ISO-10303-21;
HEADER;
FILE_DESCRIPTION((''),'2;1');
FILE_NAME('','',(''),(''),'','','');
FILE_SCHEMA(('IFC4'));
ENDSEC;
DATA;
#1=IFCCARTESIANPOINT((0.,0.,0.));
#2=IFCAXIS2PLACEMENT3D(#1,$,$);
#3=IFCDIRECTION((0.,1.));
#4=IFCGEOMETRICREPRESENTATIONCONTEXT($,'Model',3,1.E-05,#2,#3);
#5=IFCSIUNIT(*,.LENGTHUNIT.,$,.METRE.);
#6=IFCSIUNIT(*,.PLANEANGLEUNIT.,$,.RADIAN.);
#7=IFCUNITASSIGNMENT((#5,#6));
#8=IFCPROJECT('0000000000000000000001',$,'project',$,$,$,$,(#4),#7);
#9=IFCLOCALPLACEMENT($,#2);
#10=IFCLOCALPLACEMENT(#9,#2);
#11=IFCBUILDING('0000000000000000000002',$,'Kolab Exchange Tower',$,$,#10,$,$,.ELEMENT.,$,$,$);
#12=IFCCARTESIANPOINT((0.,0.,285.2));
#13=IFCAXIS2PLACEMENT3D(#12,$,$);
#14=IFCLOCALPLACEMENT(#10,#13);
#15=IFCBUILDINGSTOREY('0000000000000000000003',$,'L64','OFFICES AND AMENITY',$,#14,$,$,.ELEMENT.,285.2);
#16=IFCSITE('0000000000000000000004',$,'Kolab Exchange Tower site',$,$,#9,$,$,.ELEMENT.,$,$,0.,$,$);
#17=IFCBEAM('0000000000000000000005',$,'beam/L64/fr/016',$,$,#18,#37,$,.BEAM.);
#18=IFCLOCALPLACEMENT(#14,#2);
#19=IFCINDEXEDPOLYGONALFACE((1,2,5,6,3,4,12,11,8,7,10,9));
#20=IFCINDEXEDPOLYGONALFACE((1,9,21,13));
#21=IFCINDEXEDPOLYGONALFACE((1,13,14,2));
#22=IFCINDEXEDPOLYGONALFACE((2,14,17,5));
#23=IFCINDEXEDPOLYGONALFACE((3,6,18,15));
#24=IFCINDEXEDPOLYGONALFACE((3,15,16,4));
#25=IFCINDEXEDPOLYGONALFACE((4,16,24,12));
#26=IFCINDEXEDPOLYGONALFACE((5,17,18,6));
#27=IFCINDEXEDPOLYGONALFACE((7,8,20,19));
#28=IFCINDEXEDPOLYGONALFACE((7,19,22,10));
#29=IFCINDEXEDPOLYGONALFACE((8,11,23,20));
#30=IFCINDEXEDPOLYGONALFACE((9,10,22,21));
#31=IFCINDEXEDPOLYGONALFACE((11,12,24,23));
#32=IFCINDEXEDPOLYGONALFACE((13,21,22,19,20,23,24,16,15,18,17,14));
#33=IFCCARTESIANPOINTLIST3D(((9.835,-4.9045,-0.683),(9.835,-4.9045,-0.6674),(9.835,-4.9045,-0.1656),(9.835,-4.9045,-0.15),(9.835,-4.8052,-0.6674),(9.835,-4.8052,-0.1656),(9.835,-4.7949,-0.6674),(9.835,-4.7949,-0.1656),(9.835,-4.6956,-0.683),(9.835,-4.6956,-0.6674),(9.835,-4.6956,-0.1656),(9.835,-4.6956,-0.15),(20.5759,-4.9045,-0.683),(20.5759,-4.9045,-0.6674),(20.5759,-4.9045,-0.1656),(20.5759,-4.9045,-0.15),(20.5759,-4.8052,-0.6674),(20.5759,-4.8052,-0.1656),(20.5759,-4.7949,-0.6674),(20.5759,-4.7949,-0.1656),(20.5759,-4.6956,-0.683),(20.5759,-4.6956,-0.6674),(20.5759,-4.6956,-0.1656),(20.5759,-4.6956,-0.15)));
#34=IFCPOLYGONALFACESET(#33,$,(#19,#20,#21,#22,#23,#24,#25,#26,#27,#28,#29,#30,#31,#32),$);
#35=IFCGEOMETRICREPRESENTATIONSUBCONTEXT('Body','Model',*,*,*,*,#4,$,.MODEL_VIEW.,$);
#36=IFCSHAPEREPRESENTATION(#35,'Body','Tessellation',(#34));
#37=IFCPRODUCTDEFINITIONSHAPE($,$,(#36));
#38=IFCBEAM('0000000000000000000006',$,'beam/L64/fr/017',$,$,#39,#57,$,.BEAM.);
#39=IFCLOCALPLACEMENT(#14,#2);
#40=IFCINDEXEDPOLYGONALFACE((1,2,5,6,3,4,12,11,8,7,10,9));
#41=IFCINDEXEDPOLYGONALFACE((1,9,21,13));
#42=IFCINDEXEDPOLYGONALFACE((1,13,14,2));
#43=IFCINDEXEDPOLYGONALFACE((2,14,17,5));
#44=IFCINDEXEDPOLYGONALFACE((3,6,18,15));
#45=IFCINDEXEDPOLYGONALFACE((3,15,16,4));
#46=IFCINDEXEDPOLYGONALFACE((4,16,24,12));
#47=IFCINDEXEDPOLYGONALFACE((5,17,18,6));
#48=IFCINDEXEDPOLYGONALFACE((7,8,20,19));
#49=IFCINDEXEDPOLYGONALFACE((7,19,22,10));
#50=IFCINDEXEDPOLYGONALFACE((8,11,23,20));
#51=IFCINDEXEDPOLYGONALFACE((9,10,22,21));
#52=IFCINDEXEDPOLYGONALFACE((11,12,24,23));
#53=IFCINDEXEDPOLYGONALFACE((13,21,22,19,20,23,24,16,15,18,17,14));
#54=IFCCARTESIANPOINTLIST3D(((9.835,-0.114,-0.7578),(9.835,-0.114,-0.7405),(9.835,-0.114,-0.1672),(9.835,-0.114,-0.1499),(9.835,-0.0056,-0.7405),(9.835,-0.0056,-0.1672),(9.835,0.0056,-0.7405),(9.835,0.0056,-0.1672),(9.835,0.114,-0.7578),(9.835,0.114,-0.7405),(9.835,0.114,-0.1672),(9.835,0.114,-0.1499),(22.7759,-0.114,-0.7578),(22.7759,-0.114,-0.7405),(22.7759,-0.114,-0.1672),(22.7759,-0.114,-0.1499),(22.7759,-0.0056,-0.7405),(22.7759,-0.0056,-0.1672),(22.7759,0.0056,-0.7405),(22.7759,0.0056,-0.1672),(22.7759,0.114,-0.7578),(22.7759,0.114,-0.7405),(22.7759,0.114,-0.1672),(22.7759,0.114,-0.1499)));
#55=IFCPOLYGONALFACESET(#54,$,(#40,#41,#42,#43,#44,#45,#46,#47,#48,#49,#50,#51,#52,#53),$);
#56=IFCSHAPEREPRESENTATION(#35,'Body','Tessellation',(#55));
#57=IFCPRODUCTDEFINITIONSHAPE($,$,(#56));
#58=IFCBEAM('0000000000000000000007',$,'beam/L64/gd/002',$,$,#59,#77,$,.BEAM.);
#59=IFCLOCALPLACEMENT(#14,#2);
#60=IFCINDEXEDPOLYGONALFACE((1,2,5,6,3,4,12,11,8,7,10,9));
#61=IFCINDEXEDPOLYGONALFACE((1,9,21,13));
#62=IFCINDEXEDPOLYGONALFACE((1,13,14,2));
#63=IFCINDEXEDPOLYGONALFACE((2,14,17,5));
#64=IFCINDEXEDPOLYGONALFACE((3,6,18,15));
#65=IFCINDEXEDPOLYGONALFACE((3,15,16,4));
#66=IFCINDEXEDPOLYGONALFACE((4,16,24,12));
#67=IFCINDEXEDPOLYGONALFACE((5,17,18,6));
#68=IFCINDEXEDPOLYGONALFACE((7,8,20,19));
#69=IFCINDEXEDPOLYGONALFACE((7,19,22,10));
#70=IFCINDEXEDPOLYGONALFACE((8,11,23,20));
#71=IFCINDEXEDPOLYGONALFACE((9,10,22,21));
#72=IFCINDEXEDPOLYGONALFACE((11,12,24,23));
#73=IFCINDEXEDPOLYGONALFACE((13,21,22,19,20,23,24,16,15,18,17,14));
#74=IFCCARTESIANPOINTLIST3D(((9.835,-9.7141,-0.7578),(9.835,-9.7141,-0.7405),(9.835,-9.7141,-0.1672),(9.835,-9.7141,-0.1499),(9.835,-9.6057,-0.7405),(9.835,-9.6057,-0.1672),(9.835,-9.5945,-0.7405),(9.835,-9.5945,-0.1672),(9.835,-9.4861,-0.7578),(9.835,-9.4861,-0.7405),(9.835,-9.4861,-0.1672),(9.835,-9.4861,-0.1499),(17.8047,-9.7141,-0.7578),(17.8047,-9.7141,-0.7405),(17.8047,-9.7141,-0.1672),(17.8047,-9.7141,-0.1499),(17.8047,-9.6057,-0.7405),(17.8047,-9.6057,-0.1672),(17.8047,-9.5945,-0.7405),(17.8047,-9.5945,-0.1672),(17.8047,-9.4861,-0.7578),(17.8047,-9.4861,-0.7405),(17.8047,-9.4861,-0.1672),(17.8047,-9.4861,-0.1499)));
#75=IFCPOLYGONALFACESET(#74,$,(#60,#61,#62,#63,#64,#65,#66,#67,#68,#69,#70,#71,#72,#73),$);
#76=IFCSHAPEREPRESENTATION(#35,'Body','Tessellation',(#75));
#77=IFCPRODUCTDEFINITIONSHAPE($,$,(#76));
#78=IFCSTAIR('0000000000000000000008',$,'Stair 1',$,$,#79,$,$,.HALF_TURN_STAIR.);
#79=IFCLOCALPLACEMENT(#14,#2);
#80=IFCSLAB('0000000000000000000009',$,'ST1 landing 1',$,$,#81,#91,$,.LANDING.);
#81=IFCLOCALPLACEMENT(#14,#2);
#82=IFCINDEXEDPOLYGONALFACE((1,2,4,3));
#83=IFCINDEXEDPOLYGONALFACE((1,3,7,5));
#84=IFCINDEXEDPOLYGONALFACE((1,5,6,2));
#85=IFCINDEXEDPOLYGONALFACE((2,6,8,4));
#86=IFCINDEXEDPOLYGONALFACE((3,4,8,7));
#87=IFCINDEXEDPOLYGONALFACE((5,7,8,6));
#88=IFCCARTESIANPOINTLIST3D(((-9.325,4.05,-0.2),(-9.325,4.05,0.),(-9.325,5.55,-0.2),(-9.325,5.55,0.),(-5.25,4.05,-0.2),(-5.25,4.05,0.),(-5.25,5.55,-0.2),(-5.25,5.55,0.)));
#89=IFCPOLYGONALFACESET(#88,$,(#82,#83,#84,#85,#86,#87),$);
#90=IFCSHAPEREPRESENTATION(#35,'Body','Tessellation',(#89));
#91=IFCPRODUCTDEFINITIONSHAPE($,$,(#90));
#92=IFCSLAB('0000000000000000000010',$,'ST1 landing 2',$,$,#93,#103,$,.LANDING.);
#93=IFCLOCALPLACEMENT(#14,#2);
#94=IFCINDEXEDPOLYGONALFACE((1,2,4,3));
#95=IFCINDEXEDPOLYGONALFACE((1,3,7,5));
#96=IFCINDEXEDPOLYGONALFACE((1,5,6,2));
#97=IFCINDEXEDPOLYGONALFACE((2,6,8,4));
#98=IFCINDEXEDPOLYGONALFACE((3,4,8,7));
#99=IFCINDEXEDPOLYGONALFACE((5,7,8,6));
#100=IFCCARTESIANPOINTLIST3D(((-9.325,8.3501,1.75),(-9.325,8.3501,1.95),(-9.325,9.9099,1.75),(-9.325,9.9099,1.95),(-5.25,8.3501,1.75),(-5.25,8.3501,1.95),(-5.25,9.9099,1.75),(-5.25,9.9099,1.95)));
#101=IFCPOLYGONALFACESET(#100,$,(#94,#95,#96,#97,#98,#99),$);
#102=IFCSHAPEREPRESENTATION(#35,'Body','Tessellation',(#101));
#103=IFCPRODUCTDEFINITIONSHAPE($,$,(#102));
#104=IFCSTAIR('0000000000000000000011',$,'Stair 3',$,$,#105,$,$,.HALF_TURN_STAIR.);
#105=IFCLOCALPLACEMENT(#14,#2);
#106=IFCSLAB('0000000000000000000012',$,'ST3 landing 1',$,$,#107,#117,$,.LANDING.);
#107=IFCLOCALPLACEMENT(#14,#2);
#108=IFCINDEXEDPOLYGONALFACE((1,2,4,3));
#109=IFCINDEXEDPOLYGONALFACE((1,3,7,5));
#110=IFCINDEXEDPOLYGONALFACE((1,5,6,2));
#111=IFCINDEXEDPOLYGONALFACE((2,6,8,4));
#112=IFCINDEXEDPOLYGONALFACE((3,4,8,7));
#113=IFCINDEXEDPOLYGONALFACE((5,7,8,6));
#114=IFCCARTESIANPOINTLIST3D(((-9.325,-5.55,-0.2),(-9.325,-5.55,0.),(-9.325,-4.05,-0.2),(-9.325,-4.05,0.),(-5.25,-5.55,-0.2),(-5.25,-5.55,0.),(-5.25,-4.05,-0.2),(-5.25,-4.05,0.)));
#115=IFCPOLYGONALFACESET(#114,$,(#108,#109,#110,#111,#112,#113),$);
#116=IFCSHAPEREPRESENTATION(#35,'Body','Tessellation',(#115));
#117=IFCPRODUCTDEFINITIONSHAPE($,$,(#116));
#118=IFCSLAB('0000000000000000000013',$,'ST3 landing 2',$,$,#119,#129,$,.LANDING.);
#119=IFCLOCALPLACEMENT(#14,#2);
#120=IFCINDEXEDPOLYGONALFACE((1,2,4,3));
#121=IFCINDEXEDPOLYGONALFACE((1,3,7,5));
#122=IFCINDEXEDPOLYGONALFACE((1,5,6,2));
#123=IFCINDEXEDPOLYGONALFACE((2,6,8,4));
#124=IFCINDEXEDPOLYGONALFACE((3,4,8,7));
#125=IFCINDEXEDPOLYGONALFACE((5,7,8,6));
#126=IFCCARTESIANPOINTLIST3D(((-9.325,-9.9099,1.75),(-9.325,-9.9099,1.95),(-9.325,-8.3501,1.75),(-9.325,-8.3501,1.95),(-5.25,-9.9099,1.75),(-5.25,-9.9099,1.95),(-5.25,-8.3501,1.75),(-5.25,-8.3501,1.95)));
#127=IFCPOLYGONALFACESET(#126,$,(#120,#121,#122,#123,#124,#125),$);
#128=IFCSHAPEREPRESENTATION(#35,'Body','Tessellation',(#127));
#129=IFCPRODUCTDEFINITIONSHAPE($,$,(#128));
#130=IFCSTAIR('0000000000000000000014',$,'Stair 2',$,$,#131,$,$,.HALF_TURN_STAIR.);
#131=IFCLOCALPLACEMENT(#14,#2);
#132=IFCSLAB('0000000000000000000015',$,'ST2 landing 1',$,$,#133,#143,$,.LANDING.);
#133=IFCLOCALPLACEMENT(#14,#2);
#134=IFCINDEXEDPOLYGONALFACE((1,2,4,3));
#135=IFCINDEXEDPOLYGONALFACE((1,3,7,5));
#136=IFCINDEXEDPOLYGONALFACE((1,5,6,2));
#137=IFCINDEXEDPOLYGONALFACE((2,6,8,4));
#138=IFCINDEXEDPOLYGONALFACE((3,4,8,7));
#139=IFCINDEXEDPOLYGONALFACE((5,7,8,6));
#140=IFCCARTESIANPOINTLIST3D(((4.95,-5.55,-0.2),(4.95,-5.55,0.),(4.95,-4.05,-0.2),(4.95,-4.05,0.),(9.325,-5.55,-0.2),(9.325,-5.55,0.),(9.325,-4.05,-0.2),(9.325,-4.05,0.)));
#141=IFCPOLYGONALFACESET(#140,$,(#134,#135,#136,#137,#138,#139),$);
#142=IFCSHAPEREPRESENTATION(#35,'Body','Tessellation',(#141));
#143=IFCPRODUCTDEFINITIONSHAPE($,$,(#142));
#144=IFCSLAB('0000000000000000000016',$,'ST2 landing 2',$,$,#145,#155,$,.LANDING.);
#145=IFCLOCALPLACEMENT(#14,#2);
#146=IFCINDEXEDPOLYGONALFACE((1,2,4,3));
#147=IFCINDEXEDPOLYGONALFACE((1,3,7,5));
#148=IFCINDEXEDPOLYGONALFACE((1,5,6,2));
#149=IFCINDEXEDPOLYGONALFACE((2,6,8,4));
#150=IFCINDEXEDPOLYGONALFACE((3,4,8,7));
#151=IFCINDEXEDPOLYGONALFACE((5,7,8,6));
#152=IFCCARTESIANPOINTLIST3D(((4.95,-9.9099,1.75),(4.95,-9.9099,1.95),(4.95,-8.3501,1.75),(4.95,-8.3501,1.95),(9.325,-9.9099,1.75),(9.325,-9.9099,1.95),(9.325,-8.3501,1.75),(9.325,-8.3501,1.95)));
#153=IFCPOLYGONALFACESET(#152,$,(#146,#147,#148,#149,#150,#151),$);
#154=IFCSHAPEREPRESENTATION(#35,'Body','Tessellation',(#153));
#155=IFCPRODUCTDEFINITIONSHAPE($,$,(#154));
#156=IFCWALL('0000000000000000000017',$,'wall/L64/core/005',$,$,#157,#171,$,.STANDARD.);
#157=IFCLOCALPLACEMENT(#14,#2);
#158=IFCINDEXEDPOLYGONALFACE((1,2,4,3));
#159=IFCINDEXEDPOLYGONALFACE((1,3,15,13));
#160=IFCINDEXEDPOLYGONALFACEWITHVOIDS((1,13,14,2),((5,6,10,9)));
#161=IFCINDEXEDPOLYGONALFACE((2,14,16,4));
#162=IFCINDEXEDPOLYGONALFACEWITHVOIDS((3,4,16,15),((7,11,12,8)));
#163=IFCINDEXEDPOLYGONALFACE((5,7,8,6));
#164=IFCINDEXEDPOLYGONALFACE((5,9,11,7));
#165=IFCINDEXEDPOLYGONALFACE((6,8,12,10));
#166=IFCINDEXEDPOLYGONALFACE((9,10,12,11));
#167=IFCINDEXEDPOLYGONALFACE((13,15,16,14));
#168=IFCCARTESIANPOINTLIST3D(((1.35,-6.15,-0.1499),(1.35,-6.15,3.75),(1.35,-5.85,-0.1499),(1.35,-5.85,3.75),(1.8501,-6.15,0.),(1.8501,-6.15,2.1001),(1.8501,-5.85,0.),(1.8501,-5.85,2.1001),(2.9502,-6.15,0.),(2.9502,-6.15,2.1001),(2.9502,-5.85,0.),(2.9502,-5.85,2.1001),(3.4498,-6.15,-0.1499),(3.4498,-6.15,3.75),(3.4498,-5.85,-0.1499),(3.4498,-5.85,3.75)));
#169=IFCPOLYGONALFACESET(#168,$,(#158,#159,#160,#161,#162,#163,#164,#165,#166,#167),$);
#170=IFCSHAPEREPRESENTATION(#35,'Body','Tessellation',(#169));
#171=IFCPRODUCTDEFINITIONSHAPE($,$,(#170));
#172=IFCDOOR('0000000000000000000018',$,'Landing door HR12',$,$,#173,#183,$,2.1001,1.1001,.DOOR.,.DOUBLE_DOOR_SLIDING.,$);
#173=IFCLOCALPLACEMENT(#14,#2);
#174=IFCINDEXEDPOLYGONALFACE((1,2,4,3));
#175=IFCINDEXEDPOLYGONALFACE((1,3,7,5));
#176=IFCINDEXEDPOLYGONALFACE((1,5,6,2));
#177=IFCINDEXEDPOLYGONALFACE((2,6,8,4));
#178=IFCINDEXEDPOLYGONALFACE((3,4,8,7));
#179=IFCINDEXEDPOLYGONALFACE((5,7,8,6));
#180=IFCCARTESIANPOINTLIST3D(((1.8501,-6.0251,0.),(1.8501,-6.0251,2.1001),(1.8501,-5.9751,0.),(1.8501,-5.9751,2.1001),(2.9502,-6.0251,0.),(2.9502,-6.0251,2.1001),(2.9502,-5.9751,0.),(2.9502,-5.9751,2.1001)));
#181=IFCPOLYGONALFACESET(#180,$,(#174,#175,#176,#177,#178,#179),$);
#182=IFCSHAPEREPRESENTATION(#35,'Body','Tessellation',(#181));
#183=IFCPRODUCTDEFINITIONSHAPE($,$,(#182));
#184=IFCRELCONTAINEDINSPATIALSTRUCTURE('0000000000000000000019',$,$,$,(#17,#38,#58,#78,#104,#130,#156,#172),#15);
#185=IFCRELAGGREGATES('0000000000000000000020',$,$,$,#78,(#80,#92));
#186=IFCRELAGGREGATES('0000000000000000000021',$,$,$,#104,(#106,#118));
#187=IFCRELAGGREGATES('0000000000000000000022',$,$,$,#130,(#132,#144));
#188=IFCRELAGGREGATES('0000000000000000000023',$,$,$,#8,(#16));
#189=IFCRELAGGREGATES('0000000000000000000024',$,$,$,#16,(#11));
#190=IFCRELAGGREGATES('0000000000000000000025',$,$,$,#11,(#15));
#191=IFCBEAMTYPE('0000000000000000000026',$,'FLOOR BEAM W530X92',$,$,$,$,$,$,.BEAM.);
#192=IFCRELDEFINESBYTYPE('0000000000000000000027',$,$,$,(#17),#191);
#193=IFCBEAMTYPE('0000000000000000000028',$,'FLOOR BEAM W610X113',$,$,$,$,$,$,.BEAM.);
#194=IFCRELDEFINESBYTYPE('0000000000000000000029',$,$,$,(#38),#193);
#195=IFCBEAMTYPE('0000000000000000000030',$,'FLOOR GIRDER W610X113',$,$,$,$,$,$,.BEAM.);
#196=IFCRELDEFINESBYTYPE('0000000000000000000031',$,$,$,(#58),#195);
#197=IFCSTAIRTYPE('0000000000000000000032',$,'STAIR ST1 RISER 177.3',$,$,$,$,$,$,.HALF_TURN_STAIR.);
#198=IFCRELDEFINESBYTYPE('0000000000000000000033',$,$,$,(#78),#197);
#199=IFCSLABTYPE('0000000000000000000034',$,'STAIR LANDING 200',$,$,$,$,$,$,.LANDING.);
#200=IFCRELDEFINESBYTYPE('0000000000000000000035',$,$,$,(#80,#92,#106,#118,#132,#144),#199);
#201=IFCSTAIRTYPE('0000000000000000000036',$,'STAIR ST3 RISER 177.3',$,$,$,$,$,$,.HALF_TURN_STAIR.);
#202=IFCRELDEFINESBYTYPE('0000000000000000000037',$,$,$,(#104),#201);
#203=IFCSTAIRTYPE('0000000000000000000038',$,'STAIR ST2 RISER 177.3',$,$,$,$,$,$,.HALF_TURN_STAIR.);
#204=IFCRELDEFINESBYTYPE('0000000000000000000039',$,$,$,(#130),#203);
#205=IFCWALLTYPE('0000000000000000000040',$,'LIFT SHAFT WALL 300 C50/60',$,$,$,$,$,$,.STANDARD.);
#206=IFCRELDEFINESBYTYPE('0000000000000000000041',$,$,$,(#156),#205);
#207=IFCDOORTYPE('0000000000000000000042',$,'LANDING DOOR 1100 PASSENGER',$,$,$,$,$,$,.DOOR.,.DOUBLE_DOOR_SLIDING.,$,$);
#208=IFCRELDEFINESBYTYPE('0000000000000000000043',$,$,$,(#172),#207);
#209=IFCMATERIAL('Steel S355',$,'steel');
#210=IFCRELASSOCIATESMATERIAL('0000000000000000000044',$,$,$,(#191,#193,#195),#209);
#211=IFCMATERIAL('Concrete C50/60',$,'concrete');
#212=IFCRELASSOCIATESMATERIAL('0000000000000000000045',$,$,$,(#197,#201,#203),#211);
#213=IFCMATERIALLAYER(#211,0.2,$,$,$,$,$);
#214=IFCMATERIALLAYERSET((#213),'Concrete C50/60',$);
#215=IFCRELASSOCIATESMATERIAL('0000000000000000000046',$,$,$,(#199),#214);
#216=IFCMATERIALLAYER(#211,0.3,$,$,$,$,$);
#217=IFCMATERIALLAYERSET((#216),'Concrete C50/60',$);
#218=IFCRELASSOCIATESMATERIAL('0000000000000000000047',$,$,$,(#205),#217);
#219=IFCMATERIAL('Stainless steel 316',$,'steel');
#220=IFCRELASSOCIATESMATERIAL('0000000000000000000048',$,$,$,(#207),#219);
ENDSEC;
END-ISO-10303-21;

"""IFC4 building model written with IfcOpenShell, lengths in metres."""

from ifc_helpers import new_model, si_unit, direction, frame, frame_2d, origin, origin_2d, place, context, subcontext, project, spatial, polyline, rectangle, i_section, outline, extrude, material, layer, layer_set, material_profile, profile_set, type_object, element, fill, aggregate, save


model = new_model("IFC4")

# Units and contexts
model_context = context("Model", 3, precision=1e-05, world=origin(), true_north=direction((0.0, 1.0)))
body_context = subcontext(model_context, "Body", "Model", "MODEL_VIEW")
ifc_project = project(units=[si_unit("LENGTHUNIT", "METRE"), si_unit("PLANEANGLEUNIT", "RADIAN")], contexts=[model_context])

# Site, building, storey
site_placement = place(None, origin())
site = spatial("IfcSite", under=ifc_project, at=site_placement, Name="Kolab Exchange Tower site", CompositionType="ELEMENT", RefElevation=0.0)
building_placement = place(site_placement, origin())
building = spatial("IfcBuilding", under=site, at=building_placement, Name="Kolab Exchange Tower", CompositionType="ELEMENT")
storey_placement = place(building_placement, frame((0.0, 0.0, 285.2)))
storey = spatial("IfcBuildingStorey", under=building, at=storey_placement, Name="L64", Description="OFFICES AND AMENITY", CompositionType="ELEMENT", Elevation=285.2)

# Beams
ifc_material_1 = material(Name="Steel S355", Category="steel")
ifc_material_profile_1 = material_profile(ifc_material_1, i_section(OverallWidth=0.209, OverallDepth=0.533, WebThickness=0.0103, FlangeThickness=0.0156, at=origin_2d()), Name="W530X92")
ifc_profile_set_1 = profile_set([ifc_material_profile_1], Name="Steel S355")
beam_type_1 = type_object("IfcBeamType", Name="FLOOR BEAM W530X92", PredefinedType="BEAM", material=ifc_profile_set_1)
beam_1_placement = place(storey_placement, frame((9.835, -4.8, -0.4165), z_axis=(1.0, 0.0, 0.0), x_axis=(0.0, 1.0, 0.0)))
element("IfcBeam", 1, at=beam_1_placement, inside=storey, type_object=beam_type_1, Name="beam/L64/fr/016", PredefinedType="BEAM", context=body_context, shape_type="SweptSolid", body=[
    extrude(i_section(OverallWidth=0.209, OverallDepth=0.533, WebThickness=0.0103, FlangeThickness=0.0156, at=origin_2d()), origin(), (0.0, 0.0, 1.0), 10.741),
])
ifc_material_profile_2 = material_profile(ifc_material_1, i_section(OverallWidth=0.228, OverallDepth=0.6079, WebThickness=0.0112, FlangeThickness=0.0173, at=origin_2d()), Name="W610X113")
ifc_profile_set_2 = profile_set([ifc_material_profile_2], Name="Steel S355")
beam_type_2 = type_object("IfcBeamType", Name="FLOOR BEAM W610X113", PredefinedType="BEAM", material=ifc_profile_set_2)
beam_2_placement = place(storey_placement, frame((9.835, 0.0, -0.4539), z_axis=(1.0, 0.0, 0.0), x_axis=(0.0, 1.0, 0.0)))
element("IfcBeam", 2, at=beam_2_placement, inside=storey, type_object=beam_type_2, Name="beam/L64/fr/017", PredefinedType="BEAM", context=body_context, shape_type="SweptSolid", body=[
    extrude(i_section(OverallWidth=0.228, OverallDepth=0.6079, WebThickness=0.0112, FlangeThickness=0.0173, at=origin_2d()), origin(), (0.0, 0.0, 1.0), 12.9409),
])
ifc_material_profile_3 = material_profile(ifc_material_1, i_section(OverallWidth=0.228, OverallDepth=0.6079, WebThickness=0.0112, FlangeThickness=0.0173, at=origin_2d()), Name="W610X113")
ifc_profile_set_3 = profile_set([ifc_material_profile_3], Name="Steel S355")
beam_type_3 = type_object("IfcBeamType", Name="FLOOR GIRDER W610X113", PredefinedType="BEAM", material=ifc_profile_set_3)
beam_3_placement = place(storey_placement, frame((9.835, -9.6001, -0.4539), z_axis=(1.0, 0.0, 0.0), x_axis=(0.0, 1.0, 0.0)))
element("IfcBeam", 3, at=beam_3_placement, inside=storey, type_object=beam_type_3, Name="beam/L64/gd/002", PredefinedType="BEAM", context=body_context, shape_type="SweptSolid", body=[
    extrude(i_section(OverallWidth=0.228, OverallDepth=0.6079, WebThickness=0.0112, FlangeThickness=0.0173, at=origin_2d()), origin(), (0.0, 0.0, 1.0), 7.9697),
])

# Stairs, slabs
ifc_material_2 = material(Name="Concrete C50/60", Category="concrete")
stair_type_1 = type_object("IfcStairType", Name="STAIR ST1 RISER 177.3", PredefinedType="HALF_TURN_STAIR", material=ifc_material_2)
stair_1_placement = place(storey_placement, origin())
stair_1 = element("IfcStair", 4, at=stair_1_placement, inside=storey, type_object=stair_type_1, Name="Stair 1", PredefinedType="HALF_TURN_STAIR")
ifc_layer_1 = layer(ifc_material_2, 0.2)
ifc_layer_set_1 = layer_set([ifc_layer_1], Name="Concrete C50/60")
slab_type = type_object("IfcSlabType", Name="STAIR LANDING 200", PredefinedType="LANDING", material=ifc_layer_set_1)
slab_1_placement = place(storey_placement, frame((0.0, 0.0, -0.2)))
slab_1 = element("IfcSlab", 5, at=slab_1_placement, type_object=slab_type, Name="ST1 landing 1", PredefinedType="LANDING", context=body_context, shape_type="SweptSolid", body=[
    extrude(outline(polyline([(-9.325, 4.05), (-5.25, 4.05), (-5.25, 5.55), (-9.325, 5.55), (-9.325, 4.05)])), origin(), (0.0, 0.0, 1.0), 0.2),
])
slab_2_placement = place(storey_placement, frame((0.0, 0.0, 1.75)))
slab_2 = element("IfcSlab", 6, at=slab_2_placement, type_object=slab_type, Name="ST1 landing 2", PredefinedType="LANDING", context=body_context, shape_type="SweptSolid", body=[
    extrude(outline(polyline([(-9.325, 8.3501), (-5.25, 8.3501), (-5.25, 9.9099), (-9.325, 9.9099), (-9.325, 8.3501)])), origin(), (0.0, 0.0, 1.0), 0.2),
])
aggregate(stair_1, [slab_1, slab_2])
stair_type_2 = type_object("IfcStairType", Name="STAIR ST3 RISER 177.3", PredefinedType="HALF_TURN_STAIR", material=ifc_material_2)
stair_2_placement = place(storey_placement, origin())
stair_2 = element("IfcStair", 7, at=stair_2_placement, inside=storey, type_object=stair_type_2, Name="Stair 3", PredefinedType="HALF_TURN_STAIR")
slab_3_placement = place(storey_placement, frame((0.0, 0.0, -0.2)))
slab_3 = element("IfcSlab", 8, at=slab_3_placement, type_object=slab_type, Name="ST3 landing 1", PredefinedType="LANDING", context=body_context, shape_type="SweptSolid", body=[
    extrude(outline(polyline([(-9.325, -5.55), (-5.25, -5.55), (-5.25, -4.05), (-9.325, -4.05), (-9.325, -5.55)])), origin(), (0.0, 0.0, 1.0), 0.2),
])
slab_4_placement = place(storey_placement, frame((0.0, 0.0, 1.75)))
slab_4 = element("IfcSlab", 9, at=slab_4_placement, type_object=slab_type, Name="ST3 landing 2", PredefinedType="LANDING", context=body_context, shape_type="SweptSolid", body=[
    extrude(outline(polyline([(-9.325, -9.9099), (-5.25, -9.9099), (-5.25, -8.3501), (-9.325, -8.3501), (-9.325, -9.9099)])), origin(), (0.0, 0.0, 1.0), 0.2),
])
aggregate(stair_2, [slab_3, slab_4])
stair_type_3 = type_object("IfcStairType", Name="STAIR ST2 RISER 177.3", PredefinedType="HALF_TURN_STAIR", material=ifc_material_2)
stair_3_placement = place(storey_placement, origin())
stair_3 = element("IfcStair", 10, at=stair_3_placement, inside=storey, type_object=stair_type_3, Name="Stair 2", PredefinedType="HALF_TURN_STAIR")
slab_5_placement = place(storey_placement, frame((0.0, 0.0, -0.2)))
slab_5 = element("IfcSlab", 11, at=slab_5_placement, type_object=slab_type, Name="ST2 landing 1", PredefinedType="LANDING", context=body_context, shape_type="SweptSolid", body=[
    extrude(outline(polyline([(4.95, -5.55), (9.325, -5.55), (9.325, -4.05), (4.95, -4.05), (4.95, -5.55)])), origin(), (0.0, 0.0, 1.0), 0.2),
])
slab_6_placement = place(storey_placement, frame((0.0, 0.0, 1.75)))
slab_6 = element("IfcSlab", 12, at=slab_6_placement, type_object=slab_type, Name="ST2 landing 2", PredefinedType="LANDING", context=body_context, shape_type="SweptSolid", body=[
    extrude(outline(polyline([(4.95, -9.9099), (9.325, -9.9099), (9.325, -8.3501), (4.95, -8.3501), (4.95, -9.9099)])), origin(), (0.0, 0.0, 1.0), 0.2),
])

# Wall, opening, door
ifc_layer_2 = layer(ifc_material_2, 0.3)
ifc_layer_set_2 = layer_set([ifc_layer_2], Name="Concrete C50/60")
wall_type_1 = type_object("IfcWallType", Name="LIFT SHAFT WALL 300 C50/60", PredefinedType="STANDARD", material=ifc_layer_set_2)
wall_1_placement = place(storey_placement, frame((1.3501, -6.0, -0.1499), z_axis=(0.0, 0.0, 1.0), x_axis=(1.0, 0.0, 0.0)))
wall_1 = element("IfcWall", 13, at=wall_1_placement, inside=storey, type_object=wall_type_1, Name="wall/L64/core/005", PredefinedType="STANDARD", context=body_context, shape_type="SweptSolid", body=[
    extrude(rectangle(XDim=2.0999, YDim=0.3, at=frame_2d((1.0498, 0.0))), origin(), (0.0, 0.0, 1.0), 3.8999),
])
opening_1_placement = place(wall_1_placement, frame((0.5, 0.0, 0.1499)))
opening_1 = element("IfcOpeningElement", 14, at=opening_1_placement, cuts=wall_1, PredefinedType="OPENING", context=body_context, shape_type="SweptSolid", body=[
    extrude(rectangle(XDim=1.1001, YDim=2.1001, at=frame_2d((0.55, 1.05))), frame((0.0, 0.1602, 0.0), z_axis=(0.0, -1.0, 0.0), x_axis=(1.0, 0.0, 0.0)), (0.0, 0.0, 1.0), 0.3201),
])
ifc_material_3 = material(Name="Stainless steel 316", Category="steel")
door_type_1 = type_object("IfcDoorType", Name="LANDING DOOR 1100 PASSENGER", OperationType="DOUBLE_DOOR_SLIDING", PredefinedType="DOOR", material=ifc_material_3)
door_1_placement = place(opening_1_placement, origin())
door_1 = element("IfcDoor", 15, at=door_1_placement, inside=storey, type_object=door_type_1, Name="Landing door HR12", OperationType="DOUBLE_DOOR_SLIDING", OverallHeight=2.1001, OverallWidth=1.1001, PredefinedType="DOOR", context=body_context, shape_type="SweptSolid", body=[
    extrude(rectangle(XDim=1.1001, YDim=2.1001, at=frame_2d((0.55, 1.05))), frame((0.0, 0.0249, 0.0), z_axis=(0.0, -1.0, 0.0), x_axis=(1.0, 0.0, 0.0)), (0.0, 0.0, 1.0), 0.05),
])
fill(opening_1, door_1)

aggregate(stair_3, [slab_5, slab_6])

save(model, "model.ifc")
